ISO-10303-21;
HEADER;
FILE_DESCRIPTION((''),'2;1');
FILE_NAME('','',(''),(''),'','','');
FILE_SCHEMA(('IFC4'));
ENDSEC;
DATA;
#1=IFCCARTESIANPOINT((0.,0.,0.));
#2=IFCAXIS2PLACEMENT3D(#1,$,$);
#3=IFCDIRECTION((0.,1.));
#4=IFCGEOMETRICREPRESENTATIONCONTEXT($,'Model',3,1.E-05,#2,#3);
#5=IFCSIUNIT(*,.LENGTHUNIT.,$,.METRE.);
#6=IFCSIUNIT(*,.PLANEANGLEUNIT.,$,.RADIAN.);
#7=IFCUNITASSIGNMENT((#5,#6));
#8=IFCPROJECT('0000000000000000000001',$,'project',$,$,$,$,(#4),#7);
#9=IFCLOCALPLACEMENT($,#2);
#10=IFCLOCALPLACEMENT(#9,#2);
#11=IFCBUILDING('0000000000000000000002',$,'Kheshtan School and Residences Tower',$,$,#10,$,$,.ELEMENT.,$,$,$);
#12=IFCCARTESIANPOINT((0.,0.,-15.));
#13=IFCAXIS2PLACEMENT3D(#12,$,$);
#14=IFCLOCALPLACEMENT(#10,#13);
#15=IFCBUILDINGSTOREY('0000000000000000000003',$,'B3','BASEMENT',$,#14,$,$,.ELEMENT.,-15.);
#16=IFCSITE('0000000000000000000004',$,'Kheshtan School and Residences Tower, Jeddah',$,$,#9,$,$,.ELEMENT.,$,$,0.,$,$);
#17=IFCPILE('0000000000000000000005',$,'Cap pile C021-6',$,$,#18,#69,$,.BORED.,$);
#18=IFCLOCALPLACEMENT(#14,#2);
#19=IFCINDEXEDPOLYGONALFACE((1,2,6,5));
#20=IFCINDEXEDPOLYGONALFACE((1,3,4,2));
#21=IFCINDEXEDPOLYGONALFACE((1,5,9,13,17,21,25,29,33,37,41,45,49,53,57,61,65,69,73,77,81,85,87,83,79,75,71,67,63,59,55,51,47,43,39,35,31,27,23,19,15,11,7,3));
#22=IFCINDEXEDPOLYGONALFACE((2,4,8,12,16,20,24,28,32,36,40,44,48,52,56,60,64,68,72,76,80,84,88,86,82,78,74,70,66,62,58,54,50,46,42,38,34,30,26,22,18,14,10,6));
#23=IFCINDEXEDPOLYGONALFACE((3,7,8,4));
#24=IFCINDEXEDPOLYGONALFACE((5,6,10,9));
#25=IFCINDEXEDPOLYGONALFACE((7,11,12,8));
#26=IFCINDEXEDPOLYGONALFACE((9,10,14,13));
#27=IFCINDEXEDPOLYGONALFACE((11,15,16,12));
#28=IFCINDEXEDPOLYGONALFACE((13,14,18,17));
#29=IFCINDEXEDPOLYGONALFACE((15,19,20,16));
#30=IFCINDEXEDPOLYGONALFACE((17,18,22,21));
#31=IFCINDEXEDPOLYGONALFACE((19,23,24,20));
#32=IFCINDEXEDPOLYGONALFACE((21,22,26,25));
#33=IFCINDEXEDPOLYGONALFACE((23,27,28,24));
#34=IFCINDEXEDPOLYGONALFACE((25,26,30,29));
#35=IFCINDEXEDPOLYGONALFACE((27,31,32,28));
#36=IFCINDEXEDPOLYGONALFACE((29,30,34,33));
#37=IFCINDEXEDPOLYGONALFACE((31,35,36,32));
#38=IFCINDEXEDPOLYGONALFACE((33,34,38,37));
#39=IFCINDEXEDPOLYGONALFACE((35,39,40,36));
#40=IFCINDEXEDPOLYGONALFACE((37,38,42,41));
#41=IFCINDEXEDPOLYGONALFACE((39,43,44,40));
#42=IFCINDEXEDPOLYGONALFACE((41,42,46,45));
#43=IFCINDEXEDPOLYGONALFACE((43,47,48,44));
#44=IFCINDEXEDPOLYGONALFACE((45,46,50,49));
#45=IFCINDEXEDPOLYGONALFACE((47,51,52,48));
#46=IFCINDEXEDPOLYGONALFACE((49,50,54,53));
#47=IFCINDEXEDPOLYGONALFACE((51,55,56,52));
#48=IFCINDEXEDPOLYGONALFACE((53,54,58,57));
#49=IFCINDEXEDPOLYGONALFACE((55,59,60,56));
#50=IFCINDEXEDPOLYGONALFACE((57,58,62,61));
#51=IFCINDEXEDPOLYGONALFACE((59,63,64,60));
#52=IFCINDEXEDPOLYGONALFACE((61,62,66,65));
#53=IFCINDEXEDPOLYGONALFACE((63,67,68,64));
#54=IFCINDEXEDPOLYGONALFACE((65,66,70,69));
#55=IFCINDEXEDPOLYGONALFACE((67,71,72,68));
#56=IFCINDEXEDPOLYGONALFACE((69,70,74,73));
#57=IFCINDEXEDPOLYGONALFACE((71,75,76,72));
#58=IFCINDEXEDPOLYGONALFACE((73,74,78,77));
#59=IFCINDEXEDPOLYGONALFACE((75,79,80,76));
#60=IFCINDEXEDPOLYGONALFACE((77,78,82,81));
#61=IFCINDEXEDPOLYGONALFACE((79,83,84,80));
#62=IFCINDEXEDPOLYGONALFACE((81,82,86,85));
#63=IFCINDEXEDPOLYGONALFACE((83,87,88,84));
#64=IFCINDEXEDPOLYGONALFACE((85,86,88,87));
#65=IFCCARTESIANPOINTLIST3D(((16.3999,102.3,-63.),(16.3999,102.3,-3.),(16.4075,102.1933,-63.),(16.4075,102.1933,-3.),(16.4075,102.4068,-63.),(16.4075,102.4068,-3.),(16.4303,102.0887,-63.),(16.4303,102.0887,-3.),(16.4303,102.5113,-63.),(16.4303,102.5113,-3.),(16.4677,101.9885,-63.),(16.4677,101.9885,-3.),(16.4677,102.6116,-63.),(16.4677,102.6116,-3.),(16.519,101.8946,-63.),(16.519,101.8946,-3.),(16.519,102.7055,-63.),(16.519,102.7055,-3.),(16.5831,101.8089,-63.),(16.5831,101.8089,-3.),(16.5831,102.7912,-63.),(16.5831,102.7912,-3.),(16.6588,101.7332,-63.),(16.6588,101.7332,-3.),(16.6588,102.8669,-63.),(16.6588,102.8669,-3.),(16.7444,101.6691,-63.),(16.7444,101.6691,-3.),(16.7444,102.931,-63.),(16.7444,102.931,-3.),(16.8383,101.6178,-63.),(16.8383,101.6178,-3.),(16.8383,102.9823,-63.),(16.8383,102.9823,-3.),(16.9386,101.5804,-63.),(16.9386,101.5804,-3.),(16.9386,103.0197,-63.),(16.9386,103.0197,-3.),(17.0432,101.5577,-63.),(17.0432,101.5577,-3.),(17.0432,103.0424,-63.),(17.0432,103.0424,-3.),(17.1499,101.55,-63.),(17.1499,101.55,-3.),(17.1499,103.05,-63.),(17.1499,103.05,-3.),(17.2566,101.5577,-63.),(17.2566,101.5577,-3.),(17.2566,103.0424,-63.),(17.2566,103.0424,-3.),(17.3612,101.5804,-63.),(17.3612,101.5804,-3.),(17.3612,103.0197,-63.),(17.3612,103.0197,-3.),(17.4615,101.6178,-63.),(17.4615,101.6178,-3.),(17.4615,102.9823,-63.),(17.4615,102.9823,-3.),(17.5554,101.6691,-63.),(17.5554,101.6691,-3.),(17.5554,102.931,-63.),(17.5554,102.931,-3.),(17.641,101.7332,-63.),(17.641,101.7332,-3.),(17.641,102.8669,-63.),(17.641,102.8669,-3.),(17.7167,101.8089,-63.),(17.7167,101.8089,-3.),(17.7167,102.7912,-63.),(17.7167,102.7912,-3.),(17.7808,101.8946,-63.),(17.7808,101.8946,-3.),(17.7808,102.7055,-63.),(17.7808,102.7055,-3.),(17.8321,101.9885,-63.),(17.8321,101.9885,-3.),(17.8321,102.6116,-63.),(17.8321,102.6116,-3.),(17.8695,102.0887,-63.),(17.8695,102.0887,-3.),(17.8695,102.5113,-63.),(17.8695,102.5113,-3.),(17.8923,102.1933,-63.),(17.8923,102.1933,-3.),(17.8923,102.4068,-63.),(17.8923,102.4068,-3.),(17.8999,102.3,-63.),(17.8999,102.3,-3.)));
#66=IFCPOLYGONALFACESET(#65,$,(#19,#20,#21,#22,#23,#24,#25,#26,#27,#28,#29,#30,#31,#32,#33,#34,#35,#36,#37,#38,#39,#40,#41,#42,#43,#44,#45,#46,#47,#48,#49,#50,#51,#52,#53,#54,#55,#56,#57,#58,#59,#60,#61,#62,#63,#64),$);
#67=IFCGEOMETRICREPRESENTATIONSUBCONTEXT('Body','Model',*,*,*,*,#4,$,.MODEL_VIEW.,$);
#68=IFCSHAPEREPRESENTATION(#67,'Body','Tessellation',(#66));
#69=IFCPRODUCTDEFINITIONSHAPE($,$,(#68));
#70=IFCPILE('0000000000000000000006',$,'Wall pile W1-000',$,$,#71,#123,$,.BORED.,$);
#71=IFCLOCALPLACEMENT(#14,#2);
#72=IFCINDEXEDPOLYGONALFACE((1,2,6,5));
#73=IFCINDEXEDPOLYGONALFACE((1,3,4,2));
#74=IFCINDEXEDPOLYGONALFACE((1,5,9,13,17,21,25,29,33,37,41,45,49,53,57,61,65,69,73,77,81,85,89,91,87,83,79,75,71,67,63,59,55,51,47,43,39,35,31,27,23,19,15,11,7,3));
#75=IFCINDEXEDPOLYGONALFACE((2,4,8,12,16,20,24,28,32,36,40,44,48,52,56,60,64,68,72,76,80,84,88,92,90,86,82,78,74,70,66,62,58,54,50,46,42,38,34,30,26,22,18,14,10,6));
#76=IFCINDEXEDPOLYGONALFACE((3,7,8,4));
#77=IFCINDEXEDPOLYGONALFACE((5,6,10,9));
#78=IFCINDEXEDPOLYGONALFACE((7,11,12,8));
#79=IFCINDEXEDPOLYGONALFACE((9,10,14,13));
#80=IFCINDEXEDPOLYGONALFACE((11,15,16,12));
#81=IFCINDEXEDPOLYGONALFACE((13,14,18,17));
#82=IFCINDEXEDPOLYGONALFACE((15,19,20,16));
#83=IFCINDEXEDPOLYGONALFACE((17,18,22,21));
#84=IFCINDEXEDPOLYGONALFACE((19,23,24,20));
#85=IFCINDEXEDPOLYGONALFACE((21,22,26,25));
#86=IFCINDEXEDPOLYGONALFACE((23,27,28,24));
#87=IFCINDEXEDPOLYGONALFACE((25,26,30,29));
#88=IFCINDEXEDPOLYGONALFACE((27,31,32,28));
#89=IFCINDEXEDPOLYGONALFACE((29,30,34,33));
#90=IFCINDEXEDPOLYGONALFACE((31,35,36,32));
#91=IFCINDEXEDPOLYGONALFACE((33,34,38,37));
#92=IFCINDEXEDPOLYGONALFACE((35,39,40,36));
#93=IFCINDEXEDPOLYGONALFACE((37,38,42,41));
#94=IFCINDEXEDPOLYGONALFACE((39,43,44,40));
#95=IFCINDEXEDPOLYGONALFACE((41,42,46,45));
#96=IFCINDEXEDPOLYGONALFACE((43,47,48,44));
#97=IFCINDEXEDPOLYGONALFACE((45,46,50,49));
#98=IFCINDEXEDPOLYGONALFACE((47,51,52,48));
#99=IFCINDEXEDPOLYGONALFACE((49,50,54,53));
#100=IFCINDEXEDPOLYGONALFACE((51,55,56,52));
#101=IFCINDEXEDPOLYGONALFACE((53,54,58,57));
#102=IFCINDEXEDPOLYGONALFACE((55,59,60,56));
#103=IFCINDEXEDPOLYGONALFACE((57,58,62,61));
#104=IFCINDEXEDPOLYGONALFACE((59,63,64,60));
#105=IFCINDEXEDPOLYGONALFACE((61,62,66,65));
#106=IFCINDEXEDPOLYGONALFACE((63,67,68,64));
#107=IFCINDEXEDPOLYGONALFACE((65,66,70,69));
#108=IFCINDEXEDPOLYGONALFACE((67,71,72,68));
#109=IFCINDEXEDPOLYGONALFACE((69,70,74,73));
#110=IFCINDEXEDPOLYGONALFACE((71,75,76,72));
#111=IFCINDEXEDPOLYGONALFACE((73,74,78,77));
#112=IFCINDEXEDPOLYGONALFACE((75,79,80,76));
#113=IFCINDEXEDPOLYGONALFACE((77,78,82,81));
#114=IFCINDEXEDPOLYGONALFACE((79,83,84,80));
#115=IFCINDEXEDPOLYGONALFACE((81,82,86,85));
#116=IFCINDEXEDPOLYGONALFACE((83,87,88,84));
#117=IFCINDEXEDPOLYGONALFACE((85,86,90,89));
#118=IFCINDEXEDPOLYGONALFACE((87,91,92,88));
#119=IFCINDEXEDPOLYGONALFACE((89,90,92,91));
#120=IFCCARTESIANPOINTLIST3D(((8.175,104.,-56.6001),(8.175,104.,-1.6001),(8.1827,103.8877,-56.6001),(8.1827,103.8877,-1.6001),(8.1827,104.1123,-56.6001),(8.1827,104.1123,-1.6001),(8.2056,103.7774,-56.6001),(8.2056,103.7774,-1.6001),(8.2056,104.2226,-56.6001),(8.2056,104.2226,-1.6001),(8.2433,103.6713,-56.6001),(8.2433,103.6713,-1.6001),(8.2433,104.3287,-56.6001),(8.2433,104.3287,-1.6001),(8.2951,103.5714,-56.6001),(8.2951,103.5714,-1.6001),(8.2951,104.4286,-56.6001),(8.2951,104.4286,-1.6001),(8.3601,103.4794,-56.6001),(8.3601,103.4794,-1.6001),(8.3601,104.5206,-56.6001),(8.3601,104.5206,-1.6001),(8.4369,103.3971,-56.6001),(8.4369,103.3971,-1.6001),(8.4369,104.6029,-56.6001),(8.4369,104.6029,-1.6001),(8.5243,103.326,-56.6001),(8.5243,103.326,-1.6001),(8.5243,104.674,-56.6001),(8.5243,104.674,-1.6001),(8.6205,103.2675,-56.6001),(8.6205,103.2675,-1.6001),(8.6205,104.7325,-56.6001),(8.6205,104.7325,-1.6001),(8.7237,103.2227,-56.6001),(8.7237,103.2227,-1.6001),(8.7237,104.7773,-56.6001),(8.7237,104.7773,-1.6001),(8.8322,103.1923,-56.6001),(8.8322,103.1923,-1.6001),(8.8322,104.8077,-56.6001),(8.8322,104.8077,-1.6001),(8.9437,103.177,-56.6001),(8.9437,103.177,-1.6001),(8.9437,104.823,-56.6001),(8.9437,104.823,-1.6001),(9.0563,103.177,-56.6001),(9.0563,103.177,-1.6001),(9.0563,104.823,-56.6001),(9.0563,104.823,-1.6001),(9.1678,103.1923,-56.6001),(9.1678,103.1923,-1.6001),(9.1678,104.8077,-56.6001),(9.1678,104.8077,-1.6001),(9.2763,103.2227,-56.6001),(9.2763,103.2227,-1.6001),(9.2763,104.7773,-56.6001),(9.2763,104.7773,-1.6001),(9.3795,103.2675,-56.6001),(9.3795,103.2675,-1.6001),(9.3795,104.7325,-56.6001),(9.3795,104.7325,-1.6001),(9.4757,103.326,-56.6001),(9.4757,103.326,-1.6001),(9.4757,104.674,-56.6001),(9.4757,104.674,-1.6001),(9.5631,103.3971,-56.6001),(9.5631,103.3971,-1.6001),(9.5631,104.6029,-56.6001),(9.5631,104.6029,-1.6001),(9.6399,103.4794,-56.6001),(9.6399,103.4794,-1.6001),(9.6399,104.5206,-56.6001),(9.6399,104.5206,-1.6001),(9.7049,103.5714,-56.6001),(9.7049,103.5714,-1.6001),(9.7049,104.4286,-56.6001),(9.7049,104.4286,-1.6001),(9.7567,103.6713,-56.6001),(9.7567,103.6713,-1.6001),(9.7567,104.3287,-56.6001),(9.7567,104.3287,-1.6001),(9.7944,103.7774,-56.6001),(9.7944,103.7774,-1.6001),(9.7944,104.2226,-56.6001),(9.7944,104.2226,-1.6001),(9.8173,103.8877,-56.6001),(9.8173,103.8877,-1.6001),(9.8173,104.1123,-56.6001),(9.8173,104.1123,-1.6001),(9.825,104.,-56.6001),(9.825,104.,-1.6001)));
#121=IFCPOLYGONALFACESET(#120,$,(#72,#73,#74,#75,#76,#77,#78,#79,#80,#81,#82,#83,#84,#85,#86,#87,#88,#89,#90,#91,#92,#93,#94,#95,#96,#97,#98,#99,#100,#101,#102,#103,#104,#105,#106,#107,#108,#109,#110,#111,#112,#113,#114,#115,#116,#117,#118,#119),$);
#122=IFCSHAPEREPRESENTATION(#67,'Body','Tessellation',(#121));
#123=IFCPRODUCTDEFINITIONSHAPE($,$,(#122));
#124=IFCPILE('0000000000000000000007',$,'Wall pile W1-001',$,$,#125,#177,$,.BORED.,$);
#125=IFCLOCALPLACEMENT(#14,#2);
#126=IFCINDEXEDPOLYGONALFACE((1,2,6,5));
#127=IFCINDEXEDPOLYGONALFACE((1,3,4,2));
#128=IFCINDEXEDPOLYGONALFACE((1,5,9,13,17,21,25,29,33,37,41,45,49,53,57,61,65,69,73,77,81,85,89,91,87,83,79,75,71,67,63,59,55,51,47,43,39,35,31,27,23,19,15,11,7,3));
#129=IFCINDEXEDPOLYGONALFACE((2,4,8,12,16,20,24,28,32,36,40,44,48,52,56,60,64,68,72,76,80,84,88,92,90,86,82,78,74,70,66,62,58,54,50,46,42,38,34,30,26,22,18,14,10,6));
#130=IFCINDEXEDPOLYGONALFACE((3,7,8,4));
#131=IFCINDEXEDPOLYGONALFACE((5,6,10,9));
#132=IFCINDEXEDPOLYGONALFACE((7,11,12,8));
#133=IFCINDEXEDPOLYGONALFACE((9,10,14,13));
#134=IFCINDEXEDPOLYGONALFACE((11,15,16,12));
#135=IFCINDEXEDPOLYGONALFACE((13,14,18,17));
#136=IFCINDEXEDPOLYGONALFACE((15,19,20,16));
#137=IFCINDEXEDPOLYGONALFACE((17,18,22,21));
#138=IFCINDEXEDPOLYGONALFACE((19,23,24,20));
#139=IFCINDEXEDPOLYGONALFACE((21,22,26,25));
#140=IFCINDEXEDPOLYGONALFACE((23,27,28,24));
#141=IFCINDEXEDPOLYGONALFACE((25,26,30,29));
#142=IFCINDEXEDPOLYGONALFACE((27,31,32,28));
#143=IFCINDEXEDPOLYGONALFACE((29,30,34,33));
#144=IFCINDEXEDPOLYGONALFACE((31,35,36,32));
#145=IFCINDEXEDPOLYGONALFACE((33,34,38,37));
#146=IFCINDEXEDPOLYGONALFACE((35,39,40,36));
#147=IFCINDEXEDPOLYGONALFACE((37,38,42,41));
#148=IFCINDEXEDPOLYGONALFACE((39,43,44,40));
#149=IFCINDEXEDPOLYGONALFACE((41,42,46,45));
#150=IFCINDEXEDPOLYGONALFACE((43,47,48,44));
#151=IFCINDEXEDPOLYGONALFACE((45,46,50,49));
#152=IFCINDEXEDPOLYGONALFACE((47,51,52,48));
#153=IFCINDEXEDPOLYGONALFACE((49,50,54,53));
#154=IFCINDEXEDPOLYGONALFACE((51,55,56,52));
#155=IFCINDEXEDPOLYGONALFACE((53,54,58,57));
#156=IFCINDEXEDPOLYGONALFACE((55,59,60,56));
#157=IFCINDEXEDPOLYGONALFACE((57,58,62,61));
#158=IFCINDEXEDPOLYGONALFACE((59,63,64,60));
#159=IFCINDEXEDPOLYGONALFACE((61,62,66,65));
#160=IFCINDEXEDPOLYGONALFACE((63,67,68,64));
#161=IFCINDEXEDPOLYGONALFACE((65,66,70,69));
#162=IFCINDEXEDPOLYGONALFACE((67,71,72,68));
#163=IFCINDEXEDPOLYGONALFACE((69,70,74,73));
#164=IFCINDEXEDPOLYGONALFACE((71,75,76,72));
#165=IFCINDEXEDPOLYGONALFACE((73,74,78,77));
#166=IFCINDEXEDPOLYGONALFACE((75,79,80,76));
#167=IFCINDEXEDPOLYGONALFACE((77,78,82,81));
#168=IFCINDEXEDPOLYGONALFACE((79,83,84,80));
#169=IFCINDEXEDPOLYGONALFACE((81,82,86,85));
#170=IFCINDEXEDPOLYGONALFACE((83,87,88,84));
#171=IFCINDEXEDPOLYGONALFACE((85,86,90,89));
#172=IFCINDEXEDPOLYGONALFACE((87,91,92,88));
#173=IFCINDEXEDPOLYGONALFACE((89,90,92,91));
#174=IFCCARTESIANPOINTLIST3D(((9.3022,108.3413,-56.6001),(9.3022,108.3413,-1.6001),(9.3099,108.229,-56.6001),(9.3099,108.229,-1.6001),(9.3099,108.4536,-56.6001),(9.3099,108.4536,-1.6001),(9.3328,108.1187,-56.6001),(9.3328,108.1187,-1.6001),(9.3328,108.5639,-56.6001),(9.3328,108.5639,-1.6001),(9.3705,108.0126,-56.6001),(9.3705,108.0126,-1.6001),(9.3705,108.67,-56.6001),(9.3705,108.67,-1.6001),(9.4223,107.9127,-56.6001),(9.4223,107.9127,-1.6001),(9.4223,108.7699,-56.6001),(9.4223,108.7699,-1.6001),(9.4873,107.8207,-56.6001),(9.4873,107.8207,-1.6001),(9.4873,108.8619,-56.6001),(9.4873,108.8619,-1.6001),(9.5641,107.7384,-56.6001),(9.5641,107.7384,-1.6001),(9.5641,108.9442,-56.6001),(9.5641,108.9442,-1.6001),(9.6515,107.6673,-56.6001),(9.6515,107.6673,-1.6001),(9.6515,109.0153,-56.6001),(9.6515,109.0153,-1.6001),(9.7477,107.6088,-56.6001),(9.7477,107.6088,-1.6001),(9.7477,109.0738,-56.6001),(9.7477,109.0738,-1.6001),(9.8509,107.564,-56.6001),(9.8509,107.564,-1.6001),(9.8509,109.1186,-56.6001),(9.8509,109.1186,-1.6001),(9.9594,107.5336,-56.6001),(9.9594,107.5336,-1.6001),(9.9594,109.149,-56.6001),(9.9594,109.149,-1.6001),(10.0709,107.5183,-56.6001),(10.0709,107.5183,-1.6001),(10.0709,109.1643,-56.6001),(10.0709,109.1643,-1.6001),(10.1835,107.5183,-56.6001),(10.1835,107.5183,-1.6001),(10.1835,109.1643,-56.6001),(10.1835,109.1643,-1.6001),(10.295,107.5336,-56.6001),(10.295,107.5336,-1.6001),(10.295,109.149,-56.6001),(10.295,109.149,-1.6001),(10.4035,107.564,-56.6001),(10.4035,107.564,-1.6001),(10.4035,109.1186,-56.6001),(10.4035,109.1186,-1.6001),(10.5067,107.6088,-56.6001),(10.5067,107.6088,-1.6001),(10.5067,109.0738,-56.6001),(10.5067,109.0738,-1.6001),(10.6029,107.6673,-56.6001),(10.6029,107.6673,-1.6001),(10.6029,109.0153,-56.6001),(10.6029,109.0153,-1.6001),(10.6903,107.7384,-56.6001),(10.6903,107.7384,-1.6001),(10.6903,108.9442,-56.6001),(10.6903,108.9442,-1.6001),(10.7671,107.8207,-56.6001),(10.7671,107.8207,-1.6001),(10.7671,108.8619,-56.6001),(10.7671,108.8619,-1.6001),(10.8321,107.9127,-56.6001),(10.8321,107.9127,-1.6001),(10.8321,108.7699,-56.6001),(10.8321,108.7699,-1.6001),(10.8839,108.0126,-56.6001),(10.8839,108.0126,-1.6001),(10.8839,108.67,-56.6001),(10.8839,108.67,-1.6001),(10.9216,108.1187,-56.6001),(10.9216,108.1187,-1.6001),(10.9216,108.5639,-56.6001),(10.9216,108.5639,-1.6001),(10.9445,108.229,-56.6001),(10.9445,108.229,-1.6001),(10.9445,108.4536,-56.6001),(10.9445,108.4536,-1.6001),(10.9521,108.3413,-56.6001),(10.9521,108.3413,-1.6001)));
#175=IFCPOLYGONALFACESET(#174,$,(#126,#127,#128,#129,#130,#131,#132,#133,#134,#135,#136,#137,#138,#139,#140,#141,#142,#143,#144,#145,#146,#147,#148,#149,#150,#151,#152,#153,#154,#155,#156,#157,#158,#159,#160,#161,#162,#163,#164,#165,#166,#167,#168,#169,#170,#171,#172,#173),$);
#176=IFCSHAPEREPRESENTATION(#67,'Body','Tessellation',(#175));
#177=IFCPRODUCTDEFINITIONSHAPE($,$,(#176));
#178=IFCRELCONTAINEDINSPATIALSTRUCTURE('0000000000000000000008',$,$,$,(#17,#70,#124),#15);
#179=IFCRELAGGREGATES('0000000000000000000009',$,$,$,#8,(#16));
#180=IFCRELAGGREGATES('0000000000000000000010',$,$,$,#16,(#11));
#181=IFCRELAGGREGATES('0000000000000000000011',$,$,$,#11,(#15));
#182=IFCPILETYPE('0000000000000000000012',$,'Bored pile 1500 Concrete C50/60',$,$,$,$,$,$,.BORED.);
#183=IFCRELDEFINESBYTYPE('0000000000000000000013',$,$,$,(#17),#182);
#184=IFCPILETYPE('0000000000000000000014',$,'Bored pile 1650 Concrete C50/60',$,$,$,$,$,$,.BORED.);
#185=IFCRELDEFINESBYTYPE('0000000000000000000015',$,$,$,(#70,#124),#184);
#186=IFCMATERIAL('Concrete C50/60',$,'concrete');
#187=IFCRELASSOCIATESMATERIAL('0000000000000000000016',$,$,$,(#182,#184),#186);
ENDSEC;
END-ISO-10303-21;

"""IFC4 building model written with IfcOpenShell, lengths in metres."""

from ifc_helpers import new_model, si_unit, direction, frame, origin, origin_2d, place, context, subcontext, project, spatial, circle, extrude, material, material_profile, profile_set, type_object, element, save


model = new_model("IFC4")

# Units and contexts
model_context = context("Model", 3, precision=1e-05, world=origin(), true_north=direction((0.0, 1.0)))
body_context = subcontext(model_context, "Body", "Model", "MODEL_VIEW")
ifc_project = project(units=[si_unit("LENGTHUNIT", "METRE"), si_unit("PLANEANGLEUNIT", "RADIAN")], contexts=[model_context])

# Site, building, storey
site_placement = place(None, origin())
site = spatial("IfcSite", under=ifc_project, at=site_placement, Name="Kheshtan School and Residences Tower, Jeddah", CompositionType="ELEMENT", RefElevation=0.0)
building_placement = place(site_placement, origin())
building = spatial("IfcBuilding", under=site, at=building_placement, Name="Kheshtan School and Residences Tower", CompositionType="ELEMENT")
storey_placement = place(building_placement, frame((0.0, 0.0, -15.0)))
storey = spatial("IfcBuildingStorey", under=building, at=storey_placement, Name="B3", Description="BASEMENT", CompositionType="ELEMENT", Elevation=-15.0)

# Piles
ifc_material_1 = material(Name="Concrete C50/60", Category="concrete")
ifc_material_profile_1 = material_profile(ifc_material_1, circle(Radius=0.75, at=origin_2d()), Name="BP 1500")
ifc_profile_set_1 = profile_set([ifc_material_profile_1], Name="Concrete C50/60")
pile_type_1 = type_object("IfcPileType", Name="Bored pile 1500 Concrete C50/60", PredefinedType="BORED", material=ifc_profile_set_1)
for number, where, z_axis, x_axis, name in (
    (1, (17.1499, 102.3, -3.0), (0.0, 0.0, -1.0), (1.0, 0.0, 0.0), "Cap pile C021-6"),
):
    element("IfcPile", number, at=place(storey_placement, frame(where, z_axis=z_axis, x_axis=x_axis)), inside=storey, type_object=pile_type_1, Name=name, PredefinedType="BORED", context=body_context, shape_type="SweptSolid", body=[
        extrude(circle(Radius=0.75, at=origin_2d()), origin(), (0.0, 0.0, 1.0), 60.0),
    ])
ifc_material_profile_2 = material_profile(ifc_material_1, circle(Radius=0.825, at=origin_2d()), Name="BP 1650")
ifc_profile_set_2 = profile_set([ifc_material_profile_2], Name="Concrete C50/60")
pile_type_2 = type_object("IfcPileType", Name="Bored pile 1650 Concrete C50/60", PredefinedType="BORED", material=ifc_profile_set_2)
for number, where, z_axis, x_axis, name in (
    (2, (9.0, 104.0, -1.6001), (0.0, 0.0, -1.0), (1.0, 0.0, 0.0), "Wall pile W1-000"),
    (3, (10.1272, 108.3413, -1.6001), (0.0, 0.0, -1.0), (1.0, 0.0, 0.0), "Wall pile W1-001"),
):
    element("IfcPile", number, at=place(storey_placement, frame(where, z_axis=z_axis, x_axis=x_axis)), inside=storey, type_object=pile_type_2, Name=name, PredefinedType="BORED", context=body_context, shape_type="SweptSolid", body=[
        extrude(circle(Radius=0.825, at=origin_2d()), origin(), (0.0, 0.0, 1.0), 55.0),
    ])

save(model, "model.ifc")
